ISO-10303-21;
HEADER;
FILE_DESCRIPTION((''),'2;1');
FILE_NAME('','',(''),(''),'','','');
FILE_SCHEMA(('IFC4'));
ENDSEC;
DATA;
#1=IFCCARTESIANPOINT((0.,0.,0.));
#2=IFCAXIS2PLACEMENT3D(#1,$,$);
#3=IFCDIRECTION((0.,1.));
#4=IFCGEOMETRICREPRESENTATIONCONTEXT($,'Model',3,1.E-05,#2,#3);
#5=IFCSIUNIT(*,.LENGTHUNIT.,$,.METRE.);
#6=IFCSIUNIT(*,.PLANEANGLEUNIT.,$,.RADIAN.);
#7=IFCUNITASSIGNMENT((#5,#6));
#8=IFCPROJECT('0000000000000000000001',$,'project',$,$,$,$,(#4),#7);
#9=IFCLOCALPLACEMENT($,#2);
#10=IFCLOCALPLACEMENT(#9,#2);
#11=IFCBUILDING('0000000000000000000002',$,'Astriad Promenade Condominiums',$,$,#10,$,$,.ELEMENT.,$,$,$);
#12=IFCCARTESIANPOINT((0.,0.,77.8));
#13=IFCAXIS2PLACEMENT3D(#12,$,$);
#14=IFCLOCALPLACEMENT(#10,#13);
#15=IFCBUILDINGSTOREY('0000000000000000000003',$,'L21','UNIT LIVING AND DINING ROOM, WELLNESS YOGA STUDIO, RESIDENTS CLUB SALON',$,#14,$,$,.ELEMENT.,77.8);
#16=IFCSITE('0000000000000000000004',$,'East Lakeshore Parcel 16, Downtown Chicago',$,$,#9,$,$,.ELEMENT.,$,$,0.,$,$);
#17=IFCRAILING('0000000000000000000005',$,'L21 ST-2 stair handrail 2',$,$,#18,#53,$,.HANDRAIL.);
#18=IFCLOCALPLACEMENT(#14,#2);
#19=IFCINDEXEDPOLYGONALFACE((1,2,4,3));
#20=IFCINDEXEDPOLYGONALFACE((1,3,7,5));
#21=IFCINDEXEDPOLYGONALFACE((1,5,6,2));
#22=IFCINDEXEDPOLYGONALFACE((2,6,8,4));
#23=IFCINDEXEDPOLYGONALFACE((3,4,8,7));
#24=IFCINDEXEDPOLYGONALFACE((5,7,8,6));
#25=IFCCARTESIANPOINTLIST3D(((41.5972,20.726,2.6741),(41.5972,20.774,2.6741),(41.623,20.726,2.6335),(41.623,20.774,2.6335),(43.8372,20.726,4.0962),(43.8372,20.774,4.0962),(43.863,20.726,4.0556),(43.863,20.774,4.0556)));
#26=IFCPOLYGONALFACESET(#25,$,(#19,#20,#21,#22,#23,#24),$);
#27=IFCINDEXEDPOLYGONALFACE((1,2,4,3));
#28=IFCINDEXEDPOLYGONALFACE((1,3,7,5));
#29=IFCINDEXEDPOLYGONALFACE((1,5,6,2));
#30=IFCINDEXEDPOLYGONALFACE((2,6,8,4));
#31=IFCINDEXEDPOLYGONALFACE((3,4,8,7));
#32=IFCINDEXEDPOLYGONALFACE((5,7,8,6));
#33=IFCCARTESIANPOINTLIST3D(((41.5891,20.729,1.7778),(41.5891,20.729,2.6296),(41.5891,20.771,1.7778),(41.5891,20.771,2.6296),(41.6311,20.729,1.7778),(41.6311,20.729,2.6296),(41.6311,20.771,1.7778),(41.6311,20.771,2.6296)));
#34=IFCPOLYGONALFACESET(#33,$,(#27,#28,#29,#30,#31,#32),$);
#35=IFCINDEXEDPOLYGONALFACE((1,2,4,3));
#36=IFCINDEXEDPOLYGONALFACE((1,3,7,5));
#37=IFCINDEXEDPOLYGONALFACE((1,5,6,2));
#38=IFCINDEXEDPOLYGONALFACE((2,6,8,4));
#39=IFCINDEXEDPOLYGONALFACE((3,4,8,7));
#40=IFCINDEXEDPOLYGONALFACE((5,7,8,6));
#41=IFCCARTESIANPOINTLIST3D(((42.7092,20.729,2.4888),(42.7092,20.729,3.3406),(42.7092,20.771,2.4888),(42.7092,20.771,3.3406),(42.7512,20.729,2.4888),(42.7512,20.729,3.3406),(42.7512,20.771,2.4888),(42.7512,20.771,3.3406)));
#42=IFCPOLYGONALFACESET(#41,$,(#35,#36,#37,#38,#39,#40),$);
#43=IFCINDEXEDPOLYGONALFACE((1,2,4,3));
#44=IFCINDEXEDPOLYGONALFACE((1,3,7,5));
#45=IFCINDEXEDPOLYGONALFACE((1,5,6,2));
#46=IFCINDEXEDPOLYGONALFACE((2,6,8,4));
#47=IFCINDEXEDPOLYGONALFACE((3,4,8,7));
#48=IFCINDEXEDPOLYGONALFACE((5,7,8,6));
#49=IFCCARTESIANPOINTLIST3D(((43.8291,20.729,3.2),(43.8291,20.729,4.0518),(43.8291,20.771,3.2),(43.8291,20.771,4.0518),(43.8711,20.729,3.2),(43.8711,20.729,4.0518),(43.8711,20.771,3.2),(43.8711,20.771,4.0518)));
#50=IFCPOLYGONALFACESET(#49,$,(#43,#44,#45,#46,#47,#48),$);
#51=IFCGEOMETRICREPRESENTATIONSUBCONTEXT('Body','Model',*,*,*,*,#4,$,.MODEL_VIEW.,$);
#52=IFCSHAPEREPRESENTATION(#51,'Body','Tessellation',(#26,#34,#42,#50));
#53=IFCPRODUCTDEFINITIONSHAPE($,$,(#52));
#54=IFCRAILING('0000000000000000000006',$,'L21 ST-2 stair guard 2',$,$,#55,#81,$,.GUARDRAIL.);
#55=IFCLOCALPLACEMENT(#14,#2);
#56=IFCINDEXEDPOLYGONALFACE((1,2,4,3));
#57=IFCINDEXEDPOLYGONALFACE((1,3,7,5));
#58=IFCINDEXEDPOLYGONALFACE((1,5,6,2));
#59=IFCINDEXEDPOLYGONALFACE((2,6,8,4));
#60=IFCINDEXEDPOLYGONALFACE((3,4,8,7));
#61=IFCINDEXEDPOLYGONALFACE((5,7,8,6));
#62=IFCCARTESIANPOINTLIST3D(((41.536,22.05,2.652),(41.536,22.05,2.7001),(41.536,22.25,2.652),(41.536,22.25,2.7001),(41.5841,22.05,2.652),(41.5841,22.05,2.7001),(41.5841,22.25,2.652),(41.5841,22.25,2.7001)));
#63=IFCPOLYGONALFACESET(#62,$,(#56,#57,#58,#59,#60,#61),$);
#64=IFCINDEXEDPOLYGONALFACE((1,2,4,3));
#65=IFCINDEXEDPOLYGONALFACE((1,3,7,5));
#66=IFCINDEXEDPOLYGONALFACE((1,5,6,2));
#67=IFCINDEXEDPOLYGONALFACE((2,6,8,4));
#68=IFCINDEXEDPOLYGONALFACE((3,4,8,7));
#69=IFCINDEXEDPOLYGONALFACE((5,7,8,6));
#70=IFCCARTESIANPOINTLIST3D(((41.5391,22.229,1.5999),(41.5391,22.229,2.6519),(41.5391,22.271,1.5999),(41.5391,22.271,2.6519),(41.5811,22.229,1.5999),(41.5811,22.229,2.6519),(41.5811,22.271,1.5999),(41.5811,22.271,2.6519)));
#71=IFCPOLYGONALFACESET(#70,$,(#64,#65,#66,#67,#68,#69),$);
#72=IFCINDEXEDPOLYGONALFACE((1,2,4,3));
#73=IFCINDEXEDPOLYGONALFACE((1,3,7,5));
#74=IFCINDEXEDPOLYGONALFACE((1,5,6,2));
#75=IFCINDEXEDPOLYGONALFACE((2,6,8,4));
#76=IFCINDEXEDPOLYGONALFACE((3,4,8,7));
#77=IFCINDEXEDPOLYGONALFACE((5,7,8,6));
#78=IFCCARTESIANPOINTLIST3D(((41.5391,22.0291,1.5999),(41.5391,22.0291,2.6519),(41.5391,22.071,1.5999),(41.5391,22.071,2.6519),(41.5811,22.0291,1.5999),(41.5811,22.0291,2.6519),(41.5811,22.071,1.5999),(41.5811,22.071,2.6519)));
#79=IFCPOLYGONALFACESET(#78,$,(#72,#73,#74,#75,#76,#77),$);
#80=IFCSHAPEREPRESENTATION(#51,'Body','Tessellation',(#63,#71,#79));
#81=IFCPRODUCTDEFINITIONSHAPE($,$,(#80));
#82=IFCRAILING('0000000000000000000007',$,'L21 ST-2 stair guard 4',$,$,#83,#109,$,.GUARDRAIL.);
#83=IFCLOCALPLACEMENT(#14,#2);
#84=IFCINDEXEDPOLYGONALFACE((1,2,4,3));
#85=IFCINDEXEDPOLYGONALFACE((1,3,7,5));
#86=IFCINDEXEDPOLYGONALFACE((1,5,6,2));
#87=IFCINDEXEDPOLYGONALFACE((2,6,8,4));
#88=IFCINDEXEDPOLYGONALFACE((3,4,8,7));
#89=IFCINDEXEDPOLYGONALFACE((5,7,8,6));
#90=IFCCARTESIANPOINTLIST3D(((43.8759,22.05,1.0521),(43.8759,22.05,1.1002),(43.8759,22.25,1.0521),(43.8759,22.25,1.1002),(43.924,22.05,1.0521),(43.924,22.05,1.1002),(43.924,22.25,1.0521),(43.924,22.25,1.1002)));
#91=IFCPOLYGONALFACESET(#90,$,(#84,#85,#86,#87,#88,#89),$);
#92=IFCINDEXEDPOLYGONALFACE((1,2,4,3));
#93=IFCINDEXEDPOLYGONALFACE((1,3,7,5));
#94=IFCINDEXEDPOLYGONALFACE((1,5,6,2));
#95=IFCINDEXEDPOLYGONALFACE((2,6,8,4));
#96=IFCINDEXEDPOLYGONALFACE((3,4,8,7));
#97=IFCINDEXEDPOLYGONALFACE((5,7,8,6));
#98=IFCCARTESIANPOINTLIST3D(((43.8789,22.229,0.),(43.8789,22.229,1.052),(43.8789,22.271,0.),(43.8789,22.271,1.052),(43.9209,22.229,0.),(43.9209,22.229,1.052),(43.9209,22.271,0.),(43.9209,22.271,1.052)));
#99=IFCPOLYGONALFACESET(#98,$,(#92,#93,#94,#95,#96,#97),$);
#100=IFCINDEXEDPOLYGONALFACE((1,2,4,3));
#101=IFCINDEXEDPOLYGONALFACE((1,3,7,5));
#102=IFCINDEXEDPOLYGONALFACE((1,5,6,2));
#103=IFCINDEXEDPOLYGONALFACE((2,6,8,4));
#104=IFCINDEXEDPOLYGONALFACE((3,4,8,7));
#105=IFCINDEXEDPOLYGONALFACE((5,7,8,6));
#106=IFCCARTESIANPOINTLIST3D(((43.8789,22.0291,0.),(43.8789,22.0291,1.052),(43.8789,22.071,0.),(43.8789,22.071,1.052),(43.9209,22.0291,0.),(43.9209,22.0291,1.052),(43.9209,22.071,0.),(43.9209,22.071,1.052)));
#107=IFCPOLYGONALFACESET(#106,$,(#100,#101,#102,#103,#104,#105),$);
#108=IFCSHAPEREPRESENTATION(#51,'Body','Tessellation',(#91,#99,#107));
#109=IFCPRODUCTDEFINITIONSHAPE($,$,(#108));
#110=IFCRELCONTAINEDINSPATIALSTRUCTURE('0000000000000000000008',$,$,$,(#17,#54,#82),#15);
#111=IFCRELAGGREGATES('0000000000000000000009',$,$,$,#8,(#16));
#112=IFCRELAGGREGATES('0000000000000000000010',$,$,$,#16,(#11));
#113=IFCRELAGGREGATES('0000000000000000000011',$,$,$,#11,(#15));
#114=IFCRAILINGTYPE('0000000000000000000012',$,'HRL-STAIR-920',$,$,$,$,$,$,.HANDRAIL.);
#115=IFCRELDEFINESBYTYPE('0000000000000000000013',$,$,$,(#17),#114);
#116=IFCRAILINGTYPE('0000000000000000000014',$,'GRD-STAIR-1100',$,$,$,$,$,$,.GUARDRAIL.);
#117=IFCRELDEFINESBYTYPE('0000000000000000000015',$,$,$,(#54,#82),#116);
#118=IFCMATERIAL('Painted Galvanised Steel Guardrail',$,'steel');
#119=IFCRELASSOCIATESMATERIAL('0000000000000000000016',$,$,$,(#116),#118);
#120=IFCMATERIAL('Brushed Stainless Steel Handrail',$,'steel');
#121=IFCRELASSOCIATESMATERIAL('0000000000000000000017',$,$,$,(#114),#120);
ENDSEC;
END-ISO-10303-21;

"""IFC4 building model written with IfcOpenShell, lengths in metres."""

from ifc_helpers import new_model, si_unit, direction, frame, origin, origin_2d, place, context, subcontext, project, spatial, rectangle, extrude, source, transform, mapped, material, type_object, element, save


model = new_model("IFC4")

# Units and contexts
model_context = context("Model", 3, precision=1e-05, world=origin(), true_north=direction((0.0, 1.0)))
body_context = subcontext(model_context, "Body", "Model", "MODEL_VIEW")
ifc_project = project(units=[si_unit("LENGTHUNIT", "METRE"), si_unit("PLANEANGLEUNIT", "RADIAN")], contexts=[model_context])

# Site, building, storey
site_placement = place(None, origin())
site = spatial("IfcSite", under=ifc_project, at=site_placement, Name="East Lakeshore Parcel 16, Downtown Chicago", CompositionType="ELEMENT", RefElevation=0.0)
building_placement = place(site_placement, origin())
building = spatial("IfcBuilding", under=site, at=building_placement, Name="Astriad Promenade Condominiums", CompositionType="ELEMENT")
storey_placement = place(building_placement, frame((0.0, 0.0, 77.8)))
storey = spatial("IfcBuildingStorey", under=building, at=storey_placement, Name="L21", Description="UNIT LIVING AND DINING ROOM, WELLNESS YOGA STUDIO, RESIDENTS CLUB SALON", CompositionType="ELEMENT", Elevation=77.8)

# Railings
ifc_material_1 = material(Name="Painted Galvanised Steel Guardrail", Category="steel")
railing_type_1 = type_object("IfcRailingType", Name="GRD-STAIR-1100", PredefinedType="GUARDRAIL", material=ifc_material_1)
ifc_material_2 = material(Name="Brushed Stainless Steel Handrail", Category="steel")
railing_type_2 = type_object("IfcRailingType", Name="HRL-STAIR-920", PredefinedType="HANDRAIL", material=ifc_material_2)
shared_shape_1 = source(origin(), body_context, "Body", "SweptSolid", [
    extrude(rectangle(XDim=0.0481, YDim=0.0481, at=origin_2d()), frame((0.0, 0.0, 0.876), z_axis=(0.844229, 0.0, 0.535982), x_axis=(0.0, 1.0, 0.0)), (0.0, 0.0, 1.0), 2.6533),
    extrude(rectangle(XDim=0.042, YDim=0.042, at=origin_2d()), origin(), (0.0, 0.0, 1.0), 0.8518),
    extrude(rectangle(XDim=0.042, YDim=0.042, at=origin_2d()), frame((1.1201, 0.0, 0.7109)), (0.0, 0.0, 1.0), 0.8518),
    extrude(rectangle(XDim=0.042, YDim=0.042, at=origin_2d()), frame((2.24, 0.0, 1.4221)), (0.0, 0.0, 1.0), 0.8518),
])
railing_1_placement = place(storey_placement, frame((41.6101, 20.75, 1.7778)))
element("IfcRailing", 1, at=railing_1_placement, inside=storey, type_object=railing_type_2, Name="L21 ST-2 stair handrail 2", PredefinedType="HANDRAIL", context=body_context, shape_type="MappedRepresentation", body=[
    mapped(shared_shape_1, transform((0.0, 0.0, 0.0), scale=1.0)),
])
shared_shape_2 = source(origin(), body_context, "Body", "SweptSolid", [
    extrude(rectangle(XDim=0.0481, YDim=0.0481, at=origin_2d()), frame((0.0, 0.0, 1.0762), z_axis=(0.0, -1.0, 0.0), x_axis=(1.0, 0.0, 0.0)), (0.0, 0.0, 1.0), 0.2),
    extrude(rectangle(XDim=0.042, YDim=0.042, at=origin_2d()), origin(), (0.0, 0.0, 1.0), 1.052),
    extrude(rectangle(XDim=0.042, YDim=0.042, at=origin_2d()), frame((0.0, -0.2, 0.0)), (0.0, 0.0, 1.0), 1.052),
])
for number, where, name in (
    (2, (41.5601, 22.25, 1.5999), "L21 ST-2 stair guard 2"),
    (3, (43.8999, 22.25, 0.0), "L21 ST-2 stair guard 4"),
):
    element("IfcRailing", number, at=place(storey_placement, frame(where)), inside=storey, type_object=railing_type_1, Name=name, PredefinedType="GUARDRAIL", context=body_context, shape_type="MappedRepresentation", body=[
        mapped(shared_shape_2, transform((0.0, 0.0, 0.0), scale=1.0)),
    ])

save(model, "model.ifc")
